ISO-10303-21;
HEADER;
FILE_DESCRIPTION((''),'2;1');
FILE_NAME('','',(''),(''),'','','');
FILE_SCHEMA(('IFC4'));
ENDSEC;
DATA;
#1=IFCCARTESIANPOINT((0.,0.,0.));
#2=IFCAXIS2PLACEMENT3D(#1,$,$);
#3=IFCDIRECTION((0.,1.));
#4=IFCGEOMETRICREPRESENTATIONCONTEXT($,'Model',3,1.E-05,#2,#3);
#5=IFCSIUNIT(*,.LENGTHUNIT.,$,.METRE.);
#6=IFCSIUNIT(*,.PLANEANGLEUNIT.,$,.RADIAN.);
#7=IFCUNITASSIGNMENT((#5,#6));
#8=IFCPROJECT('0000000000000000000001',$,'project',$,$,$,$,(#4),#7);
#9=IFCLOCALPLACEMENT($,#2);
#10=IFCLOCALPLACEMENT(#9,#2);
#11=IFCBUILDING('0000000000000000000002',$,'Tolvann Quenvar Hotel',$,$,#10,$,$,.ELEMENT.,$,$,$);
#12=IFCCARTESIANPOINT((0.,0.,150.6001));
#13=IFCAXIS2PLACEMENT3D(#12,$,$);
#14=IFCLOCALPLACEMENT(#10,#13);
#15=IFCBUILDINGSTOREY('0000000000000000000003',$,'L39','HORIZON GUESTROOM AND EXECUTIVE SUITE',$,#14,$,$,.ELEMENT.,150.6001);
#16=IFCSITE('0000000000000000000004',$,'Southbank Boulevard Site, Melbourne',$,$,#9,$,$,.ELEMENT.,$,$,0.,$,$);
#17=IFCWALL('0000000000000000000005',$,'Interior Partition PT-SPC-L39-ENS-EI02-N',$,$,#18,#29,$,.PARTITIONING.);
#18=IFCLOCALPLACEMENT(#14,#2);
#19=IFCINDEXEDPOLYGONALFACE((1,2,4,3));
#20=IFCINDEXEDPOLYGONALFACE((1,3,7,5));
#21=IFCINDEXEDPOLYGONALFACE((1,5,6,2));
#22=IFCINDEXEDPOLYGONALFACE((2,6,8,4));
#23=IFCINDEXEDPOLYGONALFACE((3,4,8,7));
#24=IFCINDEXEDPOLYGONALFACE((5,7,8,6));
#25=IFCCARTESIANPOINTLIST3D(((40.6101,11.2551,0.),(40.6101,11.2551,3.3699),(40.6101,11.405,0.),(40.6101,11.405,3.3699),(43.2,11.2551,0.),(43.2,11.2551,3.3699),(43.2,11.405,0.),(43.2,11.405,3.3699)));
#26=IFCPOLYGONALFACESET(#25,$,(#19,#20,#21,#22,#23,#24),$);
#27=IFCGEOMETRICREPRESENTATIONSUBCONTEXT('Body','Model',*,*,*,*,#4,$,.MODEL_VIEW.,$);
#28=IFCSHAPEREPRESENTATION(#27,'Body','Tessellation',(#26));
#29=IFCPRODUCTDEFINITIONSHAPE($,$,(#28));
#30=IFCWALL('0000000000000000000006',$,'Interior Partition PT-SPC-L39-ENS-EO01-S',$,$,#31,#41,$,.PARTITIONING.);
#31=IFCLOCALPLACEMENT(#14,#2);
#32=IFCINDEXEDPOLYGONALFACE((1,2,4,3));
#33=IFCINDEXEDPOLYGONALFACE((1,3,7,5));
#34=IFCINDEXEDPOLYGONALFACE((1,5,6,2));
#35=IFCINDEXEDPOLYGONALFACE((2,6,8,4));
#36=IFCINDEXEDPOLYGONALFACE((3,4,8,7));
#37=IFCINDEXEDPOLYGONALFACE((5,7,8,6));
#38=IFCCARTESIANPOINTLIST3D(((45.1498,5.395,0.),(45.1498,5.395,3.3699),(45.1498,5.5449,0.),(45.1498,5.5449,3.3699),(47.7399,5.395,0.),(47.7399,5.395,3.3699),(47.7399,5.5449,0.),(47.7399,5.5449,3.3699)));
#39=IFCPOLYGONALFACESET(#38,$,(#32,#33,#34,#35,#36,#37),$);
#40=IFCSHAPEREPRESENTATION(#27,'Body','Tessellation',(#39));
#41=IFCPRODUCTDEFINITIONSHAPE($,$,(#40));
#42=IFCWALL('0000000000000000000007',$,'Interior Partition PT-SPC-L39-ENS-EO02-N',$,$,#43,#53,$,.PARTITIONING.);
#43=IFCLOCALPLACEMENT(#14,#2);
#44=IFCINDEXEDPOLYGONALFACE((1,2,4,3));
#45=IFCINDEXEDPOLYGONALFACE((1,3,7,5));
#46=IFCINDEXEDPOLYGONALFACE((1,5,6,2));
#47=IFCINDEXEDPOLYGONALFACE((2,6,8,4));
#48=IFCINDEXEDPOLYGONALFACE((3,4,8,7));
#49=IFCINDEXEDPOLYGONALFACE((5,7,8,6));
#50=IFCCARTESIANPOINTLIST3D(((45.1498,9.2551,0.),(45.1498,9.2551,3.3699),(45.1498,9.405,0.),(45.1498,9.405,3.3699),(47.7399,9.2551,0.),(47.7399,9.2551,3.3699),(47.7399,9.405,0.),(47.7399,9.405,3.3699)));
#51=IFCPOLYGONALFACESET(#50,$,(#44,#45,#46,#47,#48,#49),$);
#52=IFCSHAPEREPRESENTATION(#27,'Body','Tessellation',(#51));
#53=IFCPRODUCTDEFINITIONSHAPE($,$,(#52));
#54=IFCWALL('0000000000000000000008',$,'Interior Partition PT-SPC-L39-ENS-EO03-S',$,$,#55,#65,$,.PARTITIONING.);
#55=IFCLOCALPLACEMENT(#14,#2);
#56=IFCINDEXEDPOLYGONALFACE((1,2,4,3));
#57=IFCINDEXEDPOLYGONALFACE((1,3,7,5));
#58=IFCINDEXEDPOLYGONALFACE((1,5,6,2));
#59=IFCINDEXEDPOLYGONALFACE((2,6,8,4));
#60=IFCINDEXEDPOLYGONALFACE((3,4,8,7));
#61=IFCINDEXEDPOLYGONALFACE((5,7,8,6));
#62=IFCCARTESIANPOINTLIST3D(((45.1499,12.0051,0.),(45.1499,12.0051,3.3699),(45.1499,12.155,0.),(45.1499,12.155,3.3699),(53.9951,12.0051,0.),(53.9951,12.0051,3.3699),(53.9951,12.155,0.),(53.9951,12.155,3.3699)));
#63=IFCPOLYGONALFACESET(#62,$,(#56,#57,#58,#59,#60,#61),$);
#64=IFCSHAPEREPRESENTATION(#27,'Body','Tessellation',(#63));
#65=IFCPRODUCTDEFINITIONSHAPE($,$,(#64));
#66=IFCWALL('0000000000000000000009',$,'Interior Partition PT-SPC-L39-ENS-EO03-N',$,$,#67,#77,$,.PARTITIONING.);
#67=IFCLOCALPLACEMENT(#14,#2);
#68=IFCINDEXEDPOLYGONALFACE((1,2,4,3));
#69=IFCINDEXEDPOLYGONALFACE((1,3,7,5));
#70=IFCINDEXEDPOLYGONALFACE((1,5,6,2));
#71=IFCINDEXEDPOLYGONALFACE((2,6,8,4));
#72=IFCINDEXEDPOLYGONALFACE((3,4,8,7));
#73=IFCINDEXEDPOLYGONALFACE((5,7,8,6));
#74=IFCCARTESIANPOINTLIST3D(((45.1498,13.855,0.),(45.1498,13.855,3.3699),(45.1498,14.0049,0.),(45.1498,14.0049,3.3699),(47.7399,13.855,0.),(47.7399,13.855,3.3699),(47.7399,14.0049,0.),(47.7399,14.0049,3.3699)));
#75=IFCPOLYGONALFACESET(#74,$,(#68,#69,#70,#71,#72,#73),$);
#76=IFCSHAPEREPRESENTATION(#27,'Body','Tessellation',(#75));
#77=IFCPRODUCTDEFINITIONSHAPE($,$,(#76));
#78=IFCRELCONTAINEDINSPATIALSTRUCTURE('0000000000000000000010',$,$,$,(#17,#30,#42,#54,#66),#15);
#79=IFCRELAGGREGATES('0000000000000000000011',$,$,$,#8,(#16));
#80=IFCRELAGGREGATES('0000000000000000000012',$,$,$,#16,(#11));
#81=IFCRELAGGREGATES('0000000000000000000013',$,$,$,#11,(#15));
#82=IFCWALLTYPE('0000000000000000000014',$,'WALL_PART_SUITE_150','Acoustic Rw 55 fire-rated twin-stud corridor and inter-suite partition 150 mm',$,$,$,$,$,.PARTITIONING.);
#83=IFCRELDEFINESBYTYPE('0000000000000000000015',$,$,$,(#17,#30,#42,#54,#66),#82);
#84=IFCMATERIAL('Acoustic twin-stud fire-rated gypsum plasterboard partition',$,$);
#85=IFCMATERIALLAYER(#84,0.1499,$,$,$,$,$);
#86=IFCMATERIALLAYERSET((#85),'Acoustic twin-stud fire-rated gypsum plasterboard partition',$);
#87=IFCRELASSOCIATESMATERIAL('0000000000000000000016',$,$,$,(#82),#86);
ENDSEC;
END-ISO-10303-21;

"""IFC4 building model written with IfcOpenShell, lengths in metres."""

from ifc_helpers import new_model, si_unit, direction, frame, frame_2d, origin, place, context, subcontext, project, spatial, rectangle, extrude, material, layer, layer_set, type_object, element, save


model = new_model("IFC4")

# Units and contexts
model_context = context("Model", 3, precision=1e-05, world=origin(), true_north=direction((0.0, 1.0)))
body_context = subcontext(model_context, "Body", "Model", "MODEL_VIEW")
ifc_project = project(units=[si_unit("LENGTHUNIT", "METRE"), si_unit("PLANEANGLEUNIT", "RADIAN")], contexts=[model_context])

# Site, building, storey
site_placement = place(None, origin())
site = spatial("IfcSite", under=ifc_project, at=site_placement, Name="Southbank Boulevard Site, Melbourne", CompositionType="ELEMENT", RefElevation=0.0)
building_placement = place(site_placement, origin())
building = spatial("IfcBuilding", under=site, at=building_placement, Name="Tolvann Quenvar Hotel", CompositionType="ELEMENT")
storey_placement = place(building_placement, frame((0.0, 0.0, 150.6001)))
storey = spatial("IfcBuildingStorey", under=building, at=storey_placement, Name="L39", Description="HORIZON GUESTROOM AND EXECUTIVE SUITE", CompositionType="ELEMENT", Elevation=150.6001)

# Shared definitions
ifc_material_1 = material(Name="Acoustic twin-stud fire-rated gypsum plasterboard partition")
ifc_layer_1 = layer(ifc_material_1, 0.1499)
ifc_layer_set_1 = layer_set([ifc_layer_1], Name="Acoustic twin-stud fire-rated gypsum plasterboard partition")
wall_type_1 = type_object("IfcWallType", Name="WALL_PART_SUITE_150", Description="Acoustic Rw 55 fire-rated twin-stud corridor and inter-suite partition 150 mm", PredefinedType="PARTITIONING", material=ifc_layer_set_1)

# Walls
wall_1_placement = place(storey_placement, frame((40.6101, 11.3301, 0.0), z_axis=(0.0, 0.0, 1.0), x_axis=(1.0, 0.0, 0.0)))
element("IfcWall", 1, at=wall_1_placement, inside=storey, type_object=wall_type_1, Name="Interior Partition PT-SPC-L39-ENS-EI02-N", PredefinedType="PARTITIONING", context=body_context, shape_type="SweptSolid", body=[
    extrude(rectangle(XDim=2.5898, YDim=0.1499, at=frame_2d((1.2949, 0.0))), origin(), (0.0, 0.0, 1.0), 3.3699),
])
for number, where, z_axis, x_axis, name in (
    (2, (45.1499, 5.47, 0.0), (0.0, 0.0, 1.0), (1.0, 0.0, 0.0), "Interior Partition PT-SPC-L39-ENS-EO01-S"),
    (3, (45.1499, 9.3301, 0.0), (0.0, 0.0, 1.0), (1.0, 0.0, 0.0), "Interior Partition PT-SPC-L39-ENS-EO02-N"),
):
    element("IfcWall", number, at=place(storey_placement, frame(where, z_axis=z_axis, x_axis=x_axis)), inside=storey, type_object=wall_type_1, Name=name, PredefinedType="PARTITIONING", context=body_context, shape_type="SweptSolid", body=[
        extrude(rectangle(XDim=2.5901, YDim=0.1499, at=frame_2d((1.2949, 0.0))), origin(), (0.0, 0.0, 1.0), 3.3699),
    ])
wall_2_placement = place(storey_placement, frame((45.1499, 12.0801, 0.0), z_axis=(0.0, 0.0, 1.0), x_axis=(1.0, 0.0, 0.0)))
element("IfcWall", 4, at=wall_2_placement, inside=storey, type_object=wall_type_1, Name="Interior Partition PT-SPC-L39-ENS-EO03-S", PredefinedType="PARTITIONING", context=body_context, shape_type="SweptSolid", body=[
    extrude(rectangle(XDim=8.8452, YDim=0.1499, at=frame_2d((4.4226, 0.0))), origin(), (0.0, 0.0, 1.0), 3.3699),
])
wall_3_placement = place(storey_placement, frame((45.1499, 13.9299, 0.0), z_axis=(0.0, 0.0, 1.0), x_axis=(1.0, 0.0, 0.0)))
element("IfcWall", 5, at=wall_3_placement, inside=storey, type_object=wall_type_1, Name="Interior Partition PT-SPC-L39-ENS-EO03-N", PredefinedType="PARTITIONING", context=body_context, shape_type="SweptSolid", body=[
    extrude(rectangle(XDim=2.5901, YDim=0.1499, at=frame_2d((1.2949, 0.0))), origin(), (0.0, 0.0, 1.0), 3.3699),
])

save(model, "model.ifc")
